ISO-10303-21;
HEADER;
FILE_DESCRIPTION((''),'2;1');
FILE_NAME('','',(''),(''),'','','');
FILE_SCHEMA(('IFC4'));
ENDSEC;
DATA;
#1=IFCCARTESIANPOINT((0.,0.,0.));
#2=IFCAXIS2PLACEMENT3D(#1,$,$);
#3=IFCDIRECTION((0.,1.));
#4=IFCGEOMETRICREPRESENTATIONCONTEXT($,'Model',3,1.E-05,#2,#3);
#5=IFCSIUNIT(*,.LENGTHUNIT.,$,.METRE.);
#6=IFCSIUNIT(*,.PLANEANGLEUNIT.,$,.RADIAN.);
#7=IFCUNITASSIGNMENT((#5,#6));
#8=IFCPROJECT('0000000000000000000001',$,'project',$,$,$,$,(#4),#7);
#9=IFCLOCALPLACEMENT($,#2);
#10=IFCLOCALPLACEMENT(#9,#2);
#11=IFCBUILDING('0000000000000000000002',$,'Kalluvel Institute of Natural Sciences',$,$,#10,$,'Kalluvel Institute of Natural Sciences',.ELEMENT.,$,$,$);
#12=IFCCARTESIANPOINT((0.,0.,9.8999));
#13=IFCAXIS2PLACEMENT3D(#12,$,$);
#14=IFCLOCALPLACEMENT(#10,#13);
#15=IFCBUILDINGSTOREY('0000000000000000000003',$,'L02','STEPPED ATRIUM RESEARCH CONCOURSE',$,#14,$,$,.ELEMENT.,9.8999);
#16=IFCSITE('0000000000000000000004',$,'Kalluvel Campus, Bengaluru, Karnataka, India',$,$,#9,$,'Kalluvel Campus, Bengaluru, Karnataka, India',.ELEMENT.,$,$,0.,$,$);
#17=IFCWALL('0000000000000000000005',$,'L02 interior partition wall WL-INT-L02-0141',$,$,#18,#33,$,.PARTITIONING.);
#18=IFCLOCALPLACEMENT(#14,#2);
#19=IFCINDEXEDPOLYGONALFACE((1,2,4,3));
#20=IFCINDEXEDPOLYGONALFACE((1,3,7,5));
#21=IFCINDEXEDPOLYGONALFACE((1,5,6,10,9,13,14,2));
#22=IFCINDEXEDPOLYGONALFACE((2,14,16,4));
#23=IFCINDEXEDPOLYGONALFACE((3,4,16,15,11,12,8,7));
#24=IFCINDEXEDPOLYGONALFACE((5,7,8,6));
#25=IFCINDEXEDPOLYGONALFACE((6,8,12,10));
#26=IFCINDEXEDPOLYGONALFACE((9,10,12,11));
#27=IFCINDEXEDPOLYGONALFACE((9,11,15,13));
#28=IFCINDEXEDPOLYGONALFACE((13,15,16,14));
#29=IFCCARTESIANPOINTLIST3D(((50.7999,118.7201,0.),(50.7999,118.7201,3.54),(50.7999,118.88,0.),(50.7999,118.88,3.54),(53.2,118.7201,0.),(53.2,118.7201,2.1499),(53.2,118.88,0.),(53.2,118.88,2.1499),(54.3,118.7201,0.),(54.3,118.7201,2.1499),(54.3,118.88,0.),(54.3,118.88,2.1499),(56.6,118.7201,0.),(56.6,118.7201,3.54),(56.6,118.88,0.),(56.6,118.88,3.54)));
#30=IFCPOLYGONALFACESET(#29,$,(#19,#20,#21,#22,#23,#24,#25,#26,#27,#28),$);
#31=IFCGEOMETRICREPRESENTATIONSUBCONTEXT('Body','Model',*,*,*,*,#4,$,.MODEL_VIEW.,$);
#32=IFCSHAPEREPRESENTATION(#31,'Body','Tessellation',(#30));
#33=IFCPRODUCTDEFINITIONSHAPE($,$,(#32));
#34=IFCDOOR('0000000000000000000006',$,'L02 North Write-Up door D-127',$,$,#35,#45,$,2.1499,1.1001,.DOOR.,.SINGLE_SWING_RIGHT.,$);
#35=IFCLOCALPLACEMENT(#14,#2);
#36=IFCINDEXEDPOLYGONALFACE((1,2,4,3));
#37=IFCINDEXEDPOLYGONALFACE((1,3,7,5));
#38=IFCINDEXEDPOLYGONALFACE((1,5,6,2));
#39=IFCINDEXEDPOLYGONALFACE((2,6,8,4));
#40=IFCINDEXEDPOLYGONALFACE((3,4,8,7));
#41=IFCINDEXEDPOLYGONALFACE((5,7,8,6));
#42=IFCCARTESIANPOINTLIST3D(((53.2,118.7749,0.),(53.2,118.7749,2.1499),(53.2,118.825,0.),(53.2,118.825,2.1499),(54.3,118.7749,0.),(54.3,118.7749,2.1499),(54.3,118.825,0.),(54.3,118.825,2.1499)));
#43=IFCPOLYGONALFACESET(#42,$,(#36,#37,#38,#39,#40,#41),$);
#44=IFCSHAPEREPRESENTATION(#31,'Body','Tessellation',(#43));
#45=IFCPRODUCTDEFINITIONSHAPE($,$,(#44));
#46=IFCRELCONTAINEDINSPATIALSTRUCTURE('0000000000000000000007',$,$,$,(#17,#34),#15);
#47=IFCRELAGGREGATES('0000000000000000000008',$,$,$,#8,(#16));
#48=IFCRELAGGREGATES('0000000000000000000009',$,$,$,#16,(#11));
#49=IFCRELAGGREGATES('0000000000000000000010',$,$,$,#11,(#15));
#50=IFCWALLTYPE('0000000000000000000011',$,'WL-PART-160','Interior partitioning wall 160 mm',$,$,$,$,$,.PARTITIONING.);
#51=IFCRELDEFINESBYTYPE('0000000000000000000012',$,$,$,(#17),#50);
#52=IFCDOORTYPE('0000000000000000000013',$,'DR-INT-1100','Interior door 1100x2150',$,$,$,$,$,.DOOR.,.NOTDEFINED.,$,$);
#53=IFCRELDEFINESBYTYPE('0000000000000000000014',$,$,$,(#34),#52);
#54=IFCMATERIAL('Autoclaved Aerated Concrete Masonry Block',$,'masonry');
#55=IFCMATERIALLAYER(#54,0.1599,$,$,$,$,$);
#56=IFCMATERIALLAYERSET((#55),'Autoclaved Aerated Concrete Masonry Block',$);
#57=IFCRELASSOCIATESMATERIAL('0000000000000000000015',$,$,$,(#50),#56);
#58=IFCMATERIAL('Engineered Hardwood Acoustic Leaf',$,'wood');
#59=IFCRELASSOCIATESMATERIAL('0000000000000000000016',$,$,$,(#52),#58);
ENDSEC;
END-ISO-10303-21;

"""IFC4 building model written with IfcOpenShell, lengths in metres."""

from ifc_helpers import new_model, si_unit, direction, frame, frame_2d, origin, place, context, subcontext, project, spatial, rectangle, extrude, material, layer, layer_set, type_object, element, fill, save


model = new_model("IFC4")

# Units and contexts
model_context = context("Model", 3, precision=1e-05, world=origin(), true_north=direction((0.0, 1.0)))
body_context = subcontext(model_context, "Body", "Model", "MODEL_VIEW")
ifc_project = project(units=[si_unit("LENGTHUNIT", "METRE"), si_unit("PLANEANGLEUNIT", "RADIAN")], contexts=[model_context])

# Site, building, storey
site_placement = place(None, origin())
site = spatial("IfcSite", under=ifc_project, at=site_placement, Name="Kalluvel Campus, Bengaluru, Karnataka, India", LongName="Kalluvel Campus, Bengaluru, Karnataka, India", CompositionType="ELEMENT", RefElevation=0.0)
building_placement = place(site_placement, origin())
building = spatial("IfcBuilding", under=site, at=building_placement, Name="Kalluvel Institute of Natural Sciences", LongName="Kalluvel Institute of Natural Sciences", CompositionType="ELEMENT")
storey_placement = place(building_placement, frame((0.0, 0.0, 9.8999)))
storey = spatial("IfcBuildingStorey", under=building, at=storey_placement, Name="L02", Description="STEPPED ATRIUM RESEARCH CONCOURSE", CompositionType="ELEMENT", Elevation=9.8999)

# Shared definitions
ifc_material_1 = material(Name="Autoclaved Aerated Concrete Masonry Block", Category="masonry")

# Wall, opening, door
ifc_layer_1 = layer(ifc_material_1, 0.1599)
ifc_layer_set_1 = layer_set([ifc_layer_1], Name="Autoclaved Aerated Concrete Masonry Block")
wall_type_1 = type_object("IfcWallType", Name="WL-PART-160", Description="Interior partitioning wall 160 mm", PredefinedType="PARTITIONING", material=ifc_layer_set_1)
wall_1_placement = place(storey_placement, frame((50.8, 118.8, 0.0), z_axis=(0.0, 0.0, 1.0), x_axis=(1.0, 0.0, 0.0)))
wall_1 = element("IfcWall", 1, at=wall_1_placement, inside=storey, type_object=wall_type_1, Name="L02 interior partition wall WL-INT-L02-0141", PredefinedType="PARTITIONING", context=body_context, shape_type="SweptSolid", body=[
    extrude(rectangle(XDim=5.8, YDim=0.1599, at=frame_2d((2.8999, 0.0))), origin(), (0.0, 0.0, 1.0), 3.54),
])
opening_placement = place(wall_1_placement, frame((2.3999, 0.0, 0.0)))
opening = element("IfcOpeningElement", 2, at=opening_placement, cuts=wall_1, PredefinedType="OPENING", context=body_context, shape_type="SweptSolid", body=[
    extrude(rectangle(XDim=1.1001, YDim=2.1499, at=frame_2d((0.55, 1.075))), frame((0.0, 0.0898, 0.0), z_axis=(0.0, -1.0, 0.0), x_axis=(1.0, 0.0, 0.0)), (0.0, 0.0, 1.0), 0.1799),
])
ifc_material_2 = material(Name="Engineered Hardwood Acoustic Leaf", Category="wood")
door_type = type_object("IfcDoorType", Name="DR-INT-1100", Description="Interior door 1100x2150", OperationType="NOTDEFINED", PredefinedType="DOOR", material=ifc_material_2)
door_placement = place(opening_placement, origin())
door = element("IfcDoor", 3, at=door_placement, inside=storey, type_object=door_type, Name="L02 North Write-Up door D-127", OperationType="SINGLE_SWING_RIGHT", OverallHeight=2.1499, OverallWidth=1.1001, PredefinedType="DOOR", context=body_context, shape_type="SweptSolid", body=[
    extrude(rectangle(XDim=1.1001, YDim=2.1499, at=frame_2d((0.55, 1.075))), frame((0.0, 0.0249, 0.0), z_axis=(0.0, -1.0, 0.0), x_axis=(1.0, 0.0, 0.0)), (0.0, 0.0, 1.0), 0.05),
])
fill(opening, door)

save(model, "model.ifc")
